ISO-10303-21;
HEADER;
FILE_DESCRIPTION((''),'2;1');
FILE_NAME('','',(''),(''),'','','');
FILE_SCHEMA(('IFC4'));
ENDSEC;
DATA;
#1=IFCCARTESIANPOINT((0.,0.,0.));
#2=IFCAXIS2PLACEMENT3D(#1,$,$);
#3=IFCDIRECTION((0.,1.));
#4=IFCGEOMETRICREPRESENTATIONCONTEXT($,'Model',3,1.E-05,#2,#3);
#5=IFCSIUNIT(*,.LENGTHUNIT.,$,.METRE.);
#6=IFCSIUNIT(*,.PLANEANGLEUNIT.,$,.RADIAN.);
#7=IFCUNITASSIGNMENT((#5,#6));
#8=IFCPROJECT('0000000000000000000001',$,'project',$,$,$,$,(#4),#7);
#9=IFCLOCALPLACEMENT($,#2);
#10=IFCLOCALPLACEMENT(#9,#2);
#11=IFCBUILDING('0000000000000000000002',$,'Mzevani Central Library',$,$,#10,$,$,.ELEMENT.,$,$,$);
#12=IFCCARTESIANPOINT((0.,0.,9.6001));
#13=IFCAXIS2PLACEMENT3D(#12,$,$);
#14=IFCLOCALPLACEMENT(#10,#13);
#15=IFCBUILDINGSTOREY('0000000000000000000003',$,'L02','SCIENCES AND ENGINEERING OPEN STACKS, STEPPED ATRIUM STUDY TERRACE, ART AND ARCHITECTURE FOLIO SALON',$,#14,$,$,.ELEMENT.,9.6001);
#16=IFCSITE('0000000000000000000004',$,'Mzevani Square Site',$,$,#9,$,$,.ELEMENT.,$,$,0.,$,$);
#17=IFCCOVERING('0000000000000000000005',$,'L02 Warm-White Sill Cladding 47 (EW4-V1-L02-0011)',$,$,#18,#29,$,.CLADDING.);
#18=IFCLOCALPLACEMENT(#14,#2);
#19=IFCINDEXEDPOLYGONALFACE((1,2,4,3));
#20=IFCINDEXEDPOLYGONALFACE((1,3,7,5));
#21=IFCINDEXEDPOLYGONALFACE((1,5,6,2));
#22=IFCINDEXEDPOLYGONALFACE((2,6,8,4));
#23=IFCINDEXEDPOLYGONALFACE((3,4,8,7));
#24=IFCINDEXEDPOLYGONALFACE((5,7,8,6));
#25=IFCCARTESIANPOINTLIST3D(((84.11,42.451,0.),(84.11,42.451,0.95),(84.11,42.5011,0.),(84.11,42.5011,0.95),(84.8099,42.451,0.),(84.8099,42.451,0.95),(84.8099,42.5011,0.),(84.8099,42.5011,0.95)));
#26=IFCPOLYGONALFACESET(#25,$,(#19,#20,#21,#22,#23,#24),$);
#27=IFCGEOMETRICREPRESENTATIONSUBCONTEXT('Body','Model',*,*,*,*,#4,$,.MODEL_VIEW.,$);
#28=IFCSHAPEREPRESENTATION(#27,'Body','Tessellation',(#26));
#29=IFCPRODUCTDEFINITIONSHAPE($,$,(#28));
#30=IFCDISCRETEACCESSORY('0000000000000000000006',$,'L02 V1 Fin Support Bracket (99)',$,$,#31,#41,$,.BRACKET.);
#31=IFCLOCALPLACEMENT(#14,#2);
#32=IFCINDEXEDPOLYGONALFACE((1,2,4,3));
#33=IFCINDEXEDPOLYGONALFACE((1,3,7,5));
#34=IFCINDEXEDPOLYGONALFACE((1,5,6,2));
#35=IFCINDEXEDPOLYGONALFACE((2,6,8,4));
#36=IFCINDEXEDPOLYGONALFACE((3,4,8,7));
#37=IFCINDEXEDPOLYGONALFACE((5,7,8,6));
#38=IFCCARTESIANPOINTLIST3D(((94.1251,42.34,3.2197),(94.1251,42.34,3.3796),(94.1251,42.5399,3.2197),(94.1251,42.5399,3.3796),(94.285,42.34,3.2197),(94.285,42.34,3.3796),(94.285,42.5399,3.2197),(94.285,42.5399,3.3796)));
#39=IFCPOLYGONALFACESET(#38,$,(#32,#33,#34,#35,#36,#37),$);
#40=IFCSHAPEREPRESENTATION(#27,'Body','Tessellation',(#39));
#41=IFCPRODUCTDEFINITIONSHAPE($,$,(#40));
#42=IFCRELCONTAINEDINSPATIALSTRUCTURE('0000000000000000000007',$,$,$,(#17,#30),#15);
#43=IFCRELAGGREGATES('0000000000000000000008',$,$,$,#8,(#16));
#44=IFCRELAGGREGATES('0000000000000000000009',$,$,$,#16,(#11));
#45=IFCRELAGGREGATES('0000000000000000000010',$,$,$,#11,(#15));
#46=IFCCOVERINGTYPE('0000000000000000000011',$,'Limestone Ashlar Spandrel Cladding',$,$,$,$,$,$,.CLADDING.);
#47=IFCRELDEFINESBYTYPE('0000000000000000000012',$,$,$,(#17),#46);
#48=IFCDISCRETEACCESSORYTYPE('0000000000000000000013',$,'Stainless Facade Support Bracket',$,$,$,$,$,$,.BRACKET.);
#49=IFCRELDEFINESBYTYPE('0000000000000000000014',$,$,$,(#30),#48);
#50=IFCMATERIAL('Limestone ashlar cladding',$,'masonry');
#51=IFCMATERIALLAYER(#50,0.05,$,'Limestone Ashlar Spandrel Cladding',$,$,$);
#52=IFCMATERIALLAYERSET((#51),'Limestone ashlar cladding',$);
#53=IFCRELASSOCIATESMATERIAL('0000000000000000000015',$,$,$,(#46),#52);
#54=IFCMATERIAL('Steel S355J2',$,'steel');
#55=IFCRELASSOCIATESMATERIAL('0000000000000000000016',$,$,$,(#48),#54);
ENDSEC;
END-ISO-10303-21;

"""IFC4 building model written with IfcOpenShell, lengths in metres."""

from ifc_helpers import new_model, si_unit, direction, frame, origin, origin_2d, place, context, subcontext, project, spatial, rectangle, extrude, material, layer, layer_set, type_object, element, save


model = new_model("IFC4")

# Units and contexts
model_context = context("Model", 3, precision=1e-05, world=origin(), true_north=direction((0.0, 1.0)))
body_context = subcontext(model_context, "Body", "Model", "MODEL_VIEW")
ifc_project = project(units=[si_unit("LENGTHUNIT", "METRE"), si_unit("PLANEANGLEUNIT", "RADIAN")], contexts=[model_context])

# Site, building, storey
site_placement = place(None, origin())
site = spatial("IfcSite", under=ifc_project, at=site_placement, Name="Mzevani Square Site", CompositionType="ELEMENT", RefElevation=0.0)
building_placement = place(site_placement, origin())
building = spatial("IfcBuilding", under=site, at=building_placement, Name="Mzevani Central Library", CompositionType="ELEMENT")
storey_placement = place(building_placement, frame((0.0, 0.0, 9.6001)))
storey = spatial("IfcBuildingStorey", under=building, at=storey_placement, Name="L02", Description="SCIENCES AND ENGINEERING OPEN STACKS, STEPPED ATRIUM STUDY TERRACE, ART AND ARCHITECTURE FOLIO SALON", CompositionType="ELEMENT", Elevation=9.6001)

# Covering
ifc_material_1 = material(Name="Limestone ashlar cladding", Category="masonry")
ifc_layer_1 = layer(ifc_material_1, 0.05, Name="Limestone Ashlar Spandrel Cladding")
ifc_layer_set_1 = layer_set([ifc_layer_1], Name="Limestone ashlar cladding")
covering_type = type_object("IfcCoveringType", Name="Limestone Ashlar Spandrel Cladding", PredefinedType="CLADDING", material=ifc_layer_set_1)
covering_1_placement = place(storey_placement, frame((84.46, 42.4761, 0.0), z_axis=(0.0, 0.0, 1.0), x_axis=(-1.0, 0.0, 0.0)))
element("IfcCovering", 1, at=covering_1_placement, inside=storey, type_object=covering_type, Name="L02 Warm-White Sill Cladding 47 (EW4-V1-L02-0011)", PredefinedType="CLADDING", context=body_context, shape_type="SweptSolid", body=[
    extrude(rectangle(XDim=0.7, YDim=0.05, at=origin_2d()), origin(), (0.0, 0.0, 1.0), 0.95),
])

# Discrete accessory
ifc_material_2 = material(Name="Steel S355J2", Category="steel")
discrete_accessory_type = type_object("IfcDiscreteAccessoryType", Name="Stainless Facade Support Bracket", PredefinedType="BRACKET", material=ifc_material_2)
discrete_accessory_placement = place(storey_placement, frame((94.2051, 42.4399, 3.2197), z_axis=(0.0, 0.0, 1.0), x_axis=(-1.0, 0.0, 0.0)))
element("IfcDiscreteAccessory", 2, at=discrete_accessory_placement, inside=storey, type_object=discrete_accessory_type, Name="L02 V1 Fin Support Bracket (99)", PredefinedType="BRACKET", context=body_context, shape_type="SweptSolid", body=[
    extrude(rectangle(XDim=0.1599, YDim=0.2, at=origin_2d()), origin(), (0.0, 0.0, 1.0), 0.1599),
])

save(model, "model.ifc")
